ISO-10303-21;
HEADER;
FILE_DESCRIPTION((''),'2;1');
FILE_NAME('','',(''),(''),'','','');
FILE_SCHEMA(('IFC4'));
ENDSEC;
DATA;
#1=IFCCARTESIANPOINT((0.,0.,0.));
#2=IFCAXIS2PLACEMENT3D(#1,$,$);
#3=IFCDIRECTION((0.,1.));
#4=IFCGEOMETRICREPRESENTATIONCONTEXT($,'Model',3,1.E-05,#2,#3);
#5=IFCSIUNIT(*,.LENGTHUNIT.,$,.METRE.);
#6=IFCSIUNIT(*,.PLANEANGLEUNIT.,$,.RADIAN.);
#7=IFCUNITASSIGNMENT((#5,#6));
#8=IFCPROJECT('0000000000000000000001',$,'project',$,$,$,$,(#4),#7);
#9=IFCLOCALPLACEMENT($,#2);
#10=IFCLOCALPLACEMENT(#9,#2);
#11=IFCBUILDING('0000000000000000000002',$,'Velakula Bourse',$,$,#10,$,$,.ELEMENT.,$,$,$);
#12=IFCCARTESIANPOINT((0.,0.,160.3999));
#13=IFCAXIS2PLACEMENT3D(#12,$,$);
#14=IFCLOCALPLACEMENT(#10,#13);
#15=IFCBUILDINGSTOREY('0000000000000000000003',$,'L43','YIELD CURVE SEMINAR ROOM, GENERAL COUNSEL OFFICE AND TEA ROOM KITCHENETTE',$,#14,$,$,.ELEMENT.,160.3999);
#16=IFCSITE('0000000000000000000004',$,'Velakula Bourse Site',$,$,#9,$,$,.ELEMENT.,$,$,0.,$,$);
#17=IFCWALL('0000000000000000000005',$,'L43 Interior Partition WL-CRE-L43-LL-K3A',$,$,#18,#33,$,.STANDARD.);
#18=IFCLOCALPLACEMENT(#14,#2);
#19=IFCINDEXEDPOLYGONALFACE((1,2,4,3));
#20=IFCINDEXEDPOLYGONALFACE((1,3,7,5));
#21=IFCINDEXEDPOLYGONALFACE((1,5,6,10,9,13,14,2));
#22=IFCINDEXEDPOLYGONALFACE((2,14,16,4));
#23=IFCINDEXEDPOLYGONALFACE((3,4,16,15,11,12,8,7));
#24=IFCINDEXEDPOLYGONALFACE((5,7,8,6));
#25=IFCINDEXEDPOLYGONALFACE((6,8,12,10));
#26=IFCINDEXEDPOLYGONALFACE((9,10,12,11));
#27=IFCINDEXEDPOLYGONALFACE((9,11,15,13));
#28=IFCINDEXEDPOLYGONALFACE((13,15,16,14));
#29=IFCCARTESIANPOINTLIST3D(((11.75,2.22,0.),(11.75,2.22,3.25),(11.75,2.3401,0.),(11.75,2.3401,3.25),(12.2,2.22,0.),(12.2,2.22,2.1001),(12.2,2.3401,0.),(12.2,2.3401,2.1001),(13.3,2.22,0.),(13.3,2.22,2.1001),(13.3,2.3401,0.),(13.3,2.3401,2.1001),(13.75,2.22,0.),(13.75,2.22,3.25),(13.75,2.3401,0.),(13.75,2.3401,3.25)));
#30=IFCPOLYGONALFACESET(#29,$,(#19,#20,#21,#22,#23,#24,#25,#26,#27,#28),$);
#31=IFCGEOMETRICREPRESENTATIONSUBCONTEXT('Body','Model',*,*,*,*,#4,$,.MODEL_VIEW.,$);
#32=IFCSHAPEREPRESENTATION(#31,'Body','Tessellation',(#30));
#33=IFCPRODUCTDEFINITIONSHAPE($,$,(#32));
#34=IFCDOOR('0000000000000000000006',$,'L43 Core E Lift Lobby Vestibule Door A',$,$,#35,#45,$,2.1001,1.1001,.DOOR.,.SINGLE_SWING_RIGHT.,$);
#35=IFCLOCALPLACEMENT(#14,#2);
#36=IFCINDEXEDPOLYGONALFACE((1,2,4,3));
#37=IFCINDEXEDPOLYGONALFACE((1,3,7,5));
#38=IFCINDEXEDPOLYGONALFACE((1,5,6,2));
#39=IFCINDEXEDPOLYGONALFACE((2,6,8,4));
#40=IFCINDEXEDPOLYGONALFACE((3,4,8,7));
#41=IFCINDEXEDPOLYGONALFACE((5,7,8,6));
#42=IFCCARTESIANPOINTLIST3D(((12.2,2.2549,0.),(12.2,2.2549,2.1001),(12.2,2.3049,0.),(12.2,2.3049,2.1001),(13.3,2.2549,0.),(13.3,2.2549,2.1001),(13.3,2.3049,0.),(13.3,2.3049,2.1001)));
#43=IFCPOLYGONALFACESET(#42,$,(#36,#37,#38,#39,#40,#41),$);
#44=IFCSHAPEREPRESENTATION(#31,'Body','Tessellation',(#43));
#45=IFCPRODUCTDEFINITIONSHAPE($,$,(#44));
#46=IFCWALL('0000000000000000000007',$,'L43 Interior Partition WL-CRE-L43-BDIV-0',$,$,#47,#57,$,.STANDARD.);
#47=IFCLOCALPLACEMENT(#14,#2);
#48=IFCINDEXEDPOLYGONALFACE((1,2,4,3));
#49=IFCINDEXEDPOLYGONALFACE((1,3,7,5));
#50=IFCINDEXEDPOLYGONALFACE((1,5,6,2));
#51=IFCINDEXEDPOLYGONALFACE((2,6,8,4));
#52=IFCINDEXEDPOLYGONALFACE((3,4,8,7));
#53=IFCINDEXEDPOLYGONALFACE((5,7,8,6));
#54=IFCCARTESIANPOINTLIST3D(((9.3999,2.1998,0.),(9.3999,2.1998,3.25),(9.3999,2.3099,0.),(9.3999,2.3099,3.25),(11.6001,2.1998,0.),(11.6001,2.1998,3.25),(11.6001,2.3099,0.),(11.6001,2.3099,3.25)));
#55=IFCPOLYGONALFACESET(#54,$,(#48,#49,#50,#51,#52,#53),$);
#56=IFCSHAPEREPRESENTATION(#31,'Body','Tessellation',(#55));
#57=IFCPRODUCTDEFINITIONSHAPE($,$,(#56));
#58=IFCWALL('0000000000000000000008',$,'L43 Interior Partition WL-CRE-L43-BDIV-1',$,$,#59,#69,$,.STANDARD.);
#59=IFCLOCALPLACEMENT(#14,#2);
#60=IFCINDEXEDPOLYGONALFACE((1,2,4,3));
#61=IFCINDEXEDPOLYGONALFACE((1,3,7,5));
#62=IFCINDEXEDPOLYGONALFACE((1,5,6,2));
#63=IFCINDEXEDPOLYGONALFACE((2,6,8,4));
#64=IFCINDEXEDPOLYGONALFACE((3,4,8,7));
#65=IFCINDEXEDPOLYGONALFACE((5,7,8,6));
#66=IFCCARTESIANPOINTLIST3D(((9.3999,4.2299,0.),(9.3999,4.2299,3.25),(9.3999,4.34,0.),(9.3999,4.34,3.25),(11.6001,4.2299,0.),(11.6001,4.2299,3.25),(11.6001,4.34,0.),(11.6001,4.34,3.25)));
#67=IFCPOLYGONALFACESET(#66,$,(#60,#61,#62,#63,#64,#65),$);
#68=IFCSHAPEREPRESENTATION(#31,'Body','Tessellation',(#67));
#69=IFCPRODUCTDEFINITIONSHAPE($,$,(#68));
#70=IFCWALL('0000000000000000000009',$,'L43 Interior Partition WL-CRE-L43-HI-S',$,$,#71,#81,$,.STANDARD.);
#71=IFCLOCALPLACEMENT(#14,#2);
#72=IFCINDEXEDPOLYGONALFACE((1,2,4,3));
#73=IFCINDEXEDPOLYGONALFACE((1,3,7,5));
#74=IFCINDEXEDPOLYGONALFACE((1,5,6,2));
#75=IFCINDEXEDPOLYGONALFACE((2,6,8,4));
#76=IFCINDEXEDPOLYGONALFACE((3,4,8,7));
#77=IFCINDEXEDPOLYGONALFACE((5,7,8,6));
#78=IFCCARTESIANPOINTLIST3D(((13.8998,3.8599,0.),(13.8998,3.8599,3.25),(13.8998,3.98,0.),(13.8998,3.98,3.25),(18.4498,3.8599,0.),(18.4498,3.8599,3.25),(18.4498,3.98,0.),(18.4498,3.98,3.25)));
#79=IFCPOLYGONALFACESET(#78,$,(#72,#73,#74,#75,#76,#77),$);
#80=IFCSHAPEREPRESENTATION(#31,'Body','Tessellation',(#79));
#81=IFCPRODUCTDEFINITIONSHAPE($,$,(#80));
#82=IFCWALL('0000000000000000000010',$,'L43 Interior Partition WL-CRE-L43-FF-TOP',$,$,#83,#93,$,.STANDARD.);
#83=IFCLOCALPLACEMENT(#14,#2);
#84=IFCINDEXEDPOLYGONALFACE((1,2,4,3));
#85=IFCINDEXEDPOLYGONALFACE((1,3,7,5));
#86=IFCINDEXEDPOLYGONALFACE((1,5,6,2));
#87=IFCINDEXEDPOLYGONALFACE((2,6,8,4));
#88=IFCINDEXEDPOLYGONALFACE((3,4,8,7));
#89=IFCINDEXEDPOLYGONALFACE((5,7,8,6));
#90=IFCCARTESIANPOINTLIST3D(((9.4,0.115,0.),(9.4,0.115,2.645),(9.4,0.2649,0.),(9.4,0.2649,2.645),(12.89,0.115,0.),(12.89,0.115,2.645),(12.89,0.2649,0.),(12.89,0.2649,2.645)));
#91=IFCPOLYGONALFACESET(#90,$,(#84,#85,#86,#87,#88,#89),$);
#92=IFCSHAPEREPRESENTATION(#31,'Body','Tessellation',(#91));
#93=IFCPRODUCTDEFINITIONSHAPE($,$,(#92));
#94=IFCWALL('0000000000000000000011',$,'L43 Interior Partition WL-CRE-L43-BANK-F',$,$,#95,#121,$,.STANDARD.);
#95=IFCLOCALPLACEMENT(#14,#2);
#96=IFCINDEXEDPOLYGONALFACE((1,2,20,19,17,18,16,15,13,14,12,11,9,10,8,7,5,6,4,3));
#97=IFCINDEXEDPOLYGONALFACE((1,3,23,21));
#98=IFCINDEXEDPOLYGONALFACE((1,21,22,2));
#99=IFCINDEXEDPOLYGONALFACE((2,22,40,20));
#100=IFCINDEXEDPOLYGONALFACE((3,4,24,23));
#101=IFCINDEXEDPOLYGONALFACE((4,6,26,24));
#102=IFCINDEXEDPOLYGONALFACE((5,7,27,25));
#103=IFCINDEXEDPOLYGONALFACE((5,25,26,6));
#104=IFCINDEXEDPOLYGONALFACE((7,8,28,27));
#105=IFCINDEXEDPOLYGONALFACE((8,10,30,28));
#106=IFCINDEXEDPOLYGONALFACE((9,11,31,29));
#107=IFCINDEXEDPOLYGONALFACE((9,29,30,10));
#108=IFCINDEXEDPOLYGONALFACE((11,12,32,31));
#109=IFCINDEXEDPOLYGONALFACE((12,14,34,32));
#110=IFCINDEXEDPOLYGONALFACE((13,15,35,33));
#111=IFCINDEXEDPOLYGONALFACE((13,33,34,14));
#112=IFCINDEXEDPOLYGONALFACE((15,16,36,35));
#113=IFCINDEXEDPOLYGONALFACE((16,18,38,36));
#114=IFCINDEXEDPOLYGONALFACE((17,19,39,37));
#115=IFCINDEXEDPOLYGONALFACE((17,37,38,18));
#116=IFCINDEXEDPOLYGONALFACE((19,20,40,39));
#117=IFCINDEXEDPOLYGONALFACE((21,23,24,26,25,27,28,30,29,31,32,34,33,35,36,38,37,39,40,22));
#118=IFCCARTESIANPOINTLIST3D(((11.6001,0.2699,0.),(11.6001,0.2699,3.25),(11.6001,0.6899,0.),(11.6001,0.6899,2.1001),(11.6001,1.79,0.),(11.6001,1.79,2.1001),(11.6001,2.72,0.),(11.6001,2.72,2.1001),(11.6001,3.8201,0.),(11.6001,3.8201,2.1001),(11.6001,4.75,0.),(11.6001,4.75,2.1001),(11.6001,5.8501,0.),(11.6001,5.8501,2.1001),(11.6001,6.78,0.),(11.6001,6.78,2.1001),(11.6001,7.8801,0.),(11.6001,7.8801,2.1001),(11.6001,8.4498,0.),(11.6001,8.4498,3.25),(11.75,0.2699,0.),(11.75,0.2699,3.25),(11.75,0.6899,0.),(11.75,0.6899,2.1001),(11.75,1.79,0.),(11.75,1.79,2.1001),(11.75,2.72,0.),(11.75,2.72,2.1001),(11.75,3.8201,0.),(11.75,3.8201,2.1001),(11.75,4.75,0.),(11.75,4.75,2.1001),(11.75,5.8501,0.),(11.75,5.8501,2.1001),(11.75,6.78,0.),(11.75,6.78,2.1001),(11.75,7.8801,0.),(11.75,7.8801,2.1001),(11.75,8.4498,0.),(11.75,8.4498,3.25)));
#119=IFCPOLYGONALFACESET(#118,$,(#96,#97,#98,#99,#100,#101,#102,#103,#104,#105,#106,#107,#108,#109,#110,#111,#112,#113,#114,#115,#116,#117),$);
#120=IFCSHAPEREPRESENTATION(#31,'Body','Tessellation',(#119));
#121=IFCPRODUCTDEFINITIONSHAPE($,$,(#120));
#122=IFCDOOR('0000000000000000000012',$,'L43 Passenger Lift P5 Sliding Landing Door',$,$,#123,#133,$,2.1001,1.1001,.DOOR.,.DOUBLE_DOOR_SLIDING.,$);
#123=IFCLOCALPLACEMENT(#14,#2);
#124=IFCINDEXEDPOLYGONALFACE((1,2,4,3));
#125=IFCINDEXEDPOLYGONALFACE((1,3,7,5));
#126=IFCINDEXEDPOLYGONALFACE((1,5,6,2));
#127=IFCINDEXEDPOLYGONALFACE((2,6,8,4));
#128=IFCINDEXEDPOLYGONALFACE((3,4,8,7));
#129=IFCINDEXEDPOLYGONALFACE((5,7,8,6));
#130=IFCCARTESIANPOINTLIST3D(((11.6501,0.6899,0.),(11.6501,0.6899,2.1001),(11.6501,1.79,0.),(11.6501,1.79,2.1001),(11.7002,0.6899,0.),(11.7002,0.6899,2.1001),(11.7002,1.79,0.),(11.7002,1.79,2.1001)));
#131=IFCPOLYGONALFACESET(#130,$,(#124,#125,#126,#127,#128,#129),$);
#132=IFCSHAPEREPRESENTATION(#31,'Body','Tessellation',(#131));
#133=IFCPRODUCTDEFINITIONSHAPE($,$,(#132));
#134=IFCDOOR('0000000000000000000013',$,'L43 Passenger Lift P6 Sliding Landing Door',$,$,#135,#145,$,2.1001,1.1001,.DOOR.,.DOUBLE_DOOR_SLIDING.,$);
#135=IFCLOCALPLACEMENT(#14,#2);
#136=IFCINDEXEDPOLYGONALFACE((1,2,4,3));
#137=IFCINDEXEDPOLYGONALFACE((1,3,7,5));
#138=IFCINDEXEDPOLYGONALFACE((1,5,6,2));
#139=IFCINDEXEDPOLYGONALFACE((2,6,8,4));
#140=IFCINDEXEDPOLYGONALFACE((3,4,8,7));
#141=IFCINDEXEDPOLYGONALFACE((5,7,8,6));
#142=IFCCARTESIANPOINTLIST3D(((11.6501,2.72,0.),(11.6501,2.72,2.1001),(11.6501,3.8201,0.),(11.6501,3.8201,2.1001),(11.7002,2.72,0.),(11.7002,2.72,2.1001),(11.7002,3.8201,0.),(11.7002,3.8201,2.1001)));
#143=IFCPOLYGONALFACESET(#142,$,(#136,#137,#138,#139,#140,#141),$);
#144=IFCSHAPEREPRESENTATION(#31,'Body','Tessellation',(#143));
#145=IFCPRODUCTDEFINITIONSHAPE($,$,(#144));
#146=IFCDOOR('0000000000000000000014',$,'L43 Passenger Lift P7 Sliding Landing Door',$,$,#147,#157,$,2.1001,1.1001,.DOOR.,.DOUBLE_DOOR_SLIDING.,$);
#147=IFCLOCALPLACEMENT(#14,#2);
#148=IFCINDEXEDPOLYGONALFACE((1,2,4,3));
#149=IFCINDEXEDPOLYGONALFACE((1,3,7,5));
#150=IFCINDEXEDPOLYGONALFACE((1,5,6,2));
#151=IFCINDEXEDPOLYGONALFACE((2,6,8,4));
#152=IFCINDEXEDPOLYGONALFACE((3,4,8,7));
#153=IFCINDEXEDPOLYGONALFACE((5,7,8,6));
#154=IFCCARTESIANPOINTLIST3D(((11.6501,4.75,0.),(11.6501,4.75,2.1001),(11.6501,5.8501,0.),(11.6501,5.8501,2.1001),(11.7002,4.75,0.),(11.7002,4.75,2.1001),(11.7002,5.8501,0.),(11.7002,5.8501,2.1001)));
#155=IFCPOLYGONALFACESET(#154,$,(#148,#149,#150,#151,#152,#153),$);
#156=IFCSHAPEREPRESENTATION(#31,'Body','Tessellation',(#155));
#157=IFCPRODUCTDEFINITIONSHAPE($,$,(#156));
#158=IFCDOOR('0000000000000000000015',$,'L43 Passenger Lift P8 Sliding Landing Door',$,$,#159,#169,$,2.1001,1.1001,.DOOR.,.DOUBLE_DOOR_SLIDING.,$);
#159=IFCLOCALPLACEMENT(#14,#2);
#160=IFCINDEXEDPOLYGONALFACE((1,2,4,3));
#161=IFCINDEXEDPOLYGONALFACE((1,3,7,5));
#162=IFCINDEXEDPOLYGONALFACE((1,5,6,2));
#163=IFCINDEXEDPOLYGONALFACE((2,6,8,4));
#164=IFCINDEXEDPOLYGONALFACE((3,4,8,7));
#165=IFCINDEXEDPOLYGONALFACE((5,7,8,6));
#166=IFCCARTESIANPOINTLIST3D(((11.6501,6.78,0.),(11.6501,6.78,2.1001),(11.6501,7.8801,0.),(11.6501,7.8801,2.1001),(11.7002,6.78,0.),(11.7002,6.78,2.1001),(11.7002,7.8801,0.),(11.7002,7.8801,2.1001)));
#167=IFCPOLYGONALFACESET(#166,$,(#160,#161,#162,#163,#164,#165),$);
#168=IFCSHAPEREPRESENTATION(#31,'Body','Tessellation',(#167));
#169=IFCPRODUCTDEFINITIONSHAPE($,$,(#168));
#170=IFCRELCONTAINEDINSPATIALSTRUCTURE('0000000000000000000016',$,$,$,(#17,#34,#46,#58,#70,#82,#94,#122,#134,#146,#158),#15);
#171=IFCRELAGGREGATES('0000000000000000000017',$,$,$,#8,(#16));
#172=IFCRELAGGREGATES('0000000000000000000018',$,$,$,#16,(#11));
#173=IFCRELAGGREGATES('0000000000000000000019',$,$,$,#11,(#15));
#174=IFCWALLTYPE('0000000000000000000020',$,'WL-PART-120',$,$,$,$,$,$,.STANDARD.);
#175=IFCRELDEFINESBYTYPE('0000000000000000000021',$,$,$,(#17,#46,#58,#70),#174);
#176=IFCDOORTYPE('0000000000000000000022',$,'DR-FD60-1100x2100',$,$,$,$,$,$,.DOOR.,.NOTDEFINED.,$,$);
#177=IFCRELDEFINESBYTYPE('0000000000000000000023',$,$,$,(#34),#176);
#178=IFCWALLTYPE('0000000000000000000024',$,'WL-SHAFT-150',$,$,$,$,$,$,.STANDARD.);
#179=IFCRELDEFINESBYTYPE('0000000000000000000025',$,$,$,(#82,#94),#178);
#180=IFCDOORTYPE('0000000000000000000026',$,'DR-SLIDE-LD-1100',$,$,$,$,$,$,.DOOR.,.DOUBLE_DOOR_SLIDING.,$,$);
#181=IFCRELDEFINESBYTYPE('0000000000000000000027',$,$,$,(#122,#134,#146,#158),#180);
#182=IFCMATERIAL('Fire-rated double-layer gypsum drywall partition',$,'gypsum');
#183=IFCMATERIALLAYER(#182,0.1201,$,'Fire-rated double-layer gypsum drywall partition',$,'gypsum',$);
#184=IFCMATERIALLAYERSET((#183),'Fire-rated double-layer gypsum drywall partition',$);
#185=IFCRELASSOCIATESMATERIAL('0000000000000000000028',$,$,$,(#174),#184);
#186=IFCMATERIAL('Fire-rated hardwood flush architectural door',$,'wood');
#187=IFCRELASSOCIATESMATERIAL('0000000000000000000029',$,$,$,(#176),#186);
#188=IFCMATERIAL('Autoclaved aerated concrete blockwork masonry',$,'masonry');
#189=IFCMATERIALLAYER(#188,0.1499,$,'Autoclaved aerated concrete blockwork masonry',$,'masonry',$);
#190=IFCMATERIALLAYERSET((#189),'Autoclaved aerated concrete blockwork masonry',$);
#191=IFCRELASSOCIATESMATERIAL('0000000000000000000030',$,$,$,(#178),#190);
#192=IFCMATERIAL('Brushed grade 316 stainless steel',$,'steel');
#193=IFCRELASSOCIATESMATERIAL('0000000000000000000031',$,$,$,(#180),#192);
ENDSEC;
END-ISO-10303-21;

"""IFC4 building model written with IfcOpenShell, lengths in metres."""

from ifc_helpers import new_model, si_unit, direction, frame, frame_2d, origin, place, context, subcontext, project, spatial, rectangle, extrude, material, layer, layer_set, type_object, element, fill, save


model = new_model("IFC4")

# Units and contexts
model_context = context("Model", 3, precision=1e-05, world=origin(), true_north=direction((0.0, 1.0)))
body_context = subcontext(model_context, "Body", "Model", "MODEL_VIEW")
ifc_project = project(units=[si_unit("LENGTHUNIT", "METRE"), si_unit("PLANEANGLEUNIT", "RADIAN")], contexts=[model_context])

# Site, building, storey
site_placement = place(None, origin())
site = spatial("IfcSite", under=ifc_project, at=site_placement, Name="Velakula Bourse Site", CompositionType="ELEMENT", RefElevation=0.0)
building_placement = place(site_placement, origin())
building = spatial("IfcBuilding", under=site, at=building_placement, Name="Velakula Bourse", CompositionType="ELEMENT")
storey_placement = place(building_placement, frame((0.0, 0.0, 160.3999)))
storey = spatial("IfcBuildingStorey", under=building, at=storey_placement, Name="L43", Description="YIELD CURVE SEMINAR ROOM, GENERAL COUNSEL OFFICE AND TEA ROOM KITCHENETTE", CompositionType="ELEMENT", Elevation=160.3999)

# Wall, opening, door
ifc_material_1 = material(Name="Fire-rated double-layer gypsum drywall partition", Category="gypsum")
ifc_layer_1 = layer(ifc_material_1, 0.1201, Name="Fire-rated double-layer gypsum drywall partition", Category="gypsum")
ifc_layer_set_1 = layer_set([ifc_layer_1], Name="Fire-rated double-layer gypsum drywall partition")
wall_type_1 = type_object("IfcWallType", Name="WL-PART-120", PredefinedType="STANDARD", material=ifc_layer_set_1)
wall_1_placement = place(storey_placement, frame((11.75, 2.28, 0.0), z_axis=(0.0, 0.0, 1.0), x_axis=(1.0, 0.0, 0.0)))
wall_1 = element("IfcWall", 1, at=wall_1_placement, inside=storey, type_object=wall_type_1, Name="L43 Interior Partition WL-CRE-L43-LL-K3A", PredefinedType="STANDARD", context=body_context, shape_type="SweptSolid", body=[
    extrude(rectangle(XDim=2.0, YDim=0.1201, at=frame_2d((1.0, 0.0))), origin(), (0.0, 0.0, 1.0), 3.25),
])
opening_1_placement = place(wall_1_placement, frame((0.45, 0.0, 0.0)))
opening_1 = element("IfcOpeningElement", 2, at=opening_1_placement, cuts=wall_1, PredefinedType="OPENING", context=body_context, shape_type="SweptSolid", body=[
    extrude(rectangle(XDim=1.1001, YDim=2.1001, at=frame_2d((0.55, 1.05))), frame((0.0, 0.0701, 0.0), z_axis=(0.0, -1.0, 0.0), x_axis=(1.0, 0.0, 0.0)), (0.0, 0.0, 1.0), 0.1401),
])
ifc_material_2 = material(Name="Fire-rated hardwood flush architectural door", Category="wood")
door_type_1 = type_object("IfcDoorType", Name="DR-FD60-1100x2100", OperationType="NOTDEFINED", PredefinedType="DOOR", material=ifc_material_2)
door_1_placement = place(opening_1_placement, origin())
door_1 = element("IfcDoor", 3, at=door_1_placement, inside=storey, type_object=door_type_1, Name="L43 Core E Lift Lobby Vestibule Door A", OperationType="SINGLE_SWING_RIGHT", OverallHeight=2.1001, OverallWidth=1.1001, PredefinedType="DOOR", context=body_context, shape_type="SweptSolid", body=[
    extrude(rectangle(XDim=1.1001, YDim=2.1001, at=frame_2d((0.55, 1.05))), frame((0.0, 0.0249, 0.0), z_axis=(0.0, -1.0, 0.0), x_axis=(1.0, 0.0, 0.0)), (0.0, 0.0, 1.0), 0.05),
])
fill(opening_1, door_1)

# Walls
for number, where, z_axis, x_axis, name in (
    (4, (9.3999, 2.2549, 0.0), (0.0, 0.0, 1.0), (1.0, 0.0, 0.0), "L43 Interior Partition WL-CRE-L43-BDIV-0"),
    (5, (9.3999, 4.2849, 0.0), (0.0, 0.0, 1.0), (1.0, 0.0, 0.0), "L43 Interior Partition WL-CRE-L43-BDIV-1"),
):
    element("IfcWall", number, at=place(storey_placement, frame(where, z_axis=z_axis, x_axis=x_axis)), inside=storey, type_object=wall_type_1, Name=name, PredefinedType="STANDARD", context=body_context, shape_type="SweptSolid", body=[
        extrude(rectangle(XDim=2.2002, YDim=0.1101, at=frame_2d((1.1001, 0.0))), origin(), (0.0, 0.0, 1.0), 3.25),
    ])
wall_2_placement = place(storey_placement, frame((13.8999, 3.9199, 0.0), z_axis=(0.0, 0.0, 1.0), x_axis=(1.0, 0.0, 0.0)))
element("IfcWall", 6, at=wall_2_placement, inside=storey, type_object=wall_type_1, Name="L43 Interior Partition WL-CRE-L43-HI-S", PredefinedType="STANDARD", context=body_context, shape_type="SweptSolid", body=[
    extrude(rectangle(XDim=4.55, YDim=0.1201, at=frame_2d((2.2749, 0.0))), origin(), (0.0, 0.0, 1.0), 3.25),
])
ifc_material_3 = material(Name="Autoclaved aerated concrete blockwork masonry", Category="masonry")
ifc_layer_2 = layer(ifc_material_3, 0.1499, Name="Autoclaved aerated concrete blockwork masonry", Category="masonry")
ifc_layer_set_2 = layer_set([ifc_layer_2], Name="Autoclaved aerated concrete blockwork masonry")
wall_type_2 = type_object("IfcWallType", Name="WL-SHAFT-150", PredefinedType="STANDARD", material=ifc_layer_set_2)
wall_3_placement = place(storey_placement, frame((9.3999, 0.1899, 0.0), z_axis=(0.0, 0.0, 1.0), x_axis=(1.0, 0.0, 0.0)))
element("IfcWall", 7, at=wall_3_placement, inside=storey, type_object=wall_type_2, Name="L43 Interior Partition WL-CRE-L43-FF-TOP", PredefinedType="STANDARD", context=body_context, shape_type="SweptSolid", body=[
    extrude(rectangle(XDim=3.49, YDim=0.1499, at=frame_2d((1.7451, 0.0))), origin(), (0.0, 0.0, 1.0), 2.645),
])

# Wall, openings, doors
wall_4_placement = place(storey_placement, frame((11.675, 0.27, 0.0), z_axis=(0.0, 0.0, 1.0), x_axis=(0.0, 1.0, 0.0)))
wall_4 = element("IfcWall", 8, at=wall_4_placement, inside=storey, type_object=wall_type_2, Name="L43 Interior Partition WL-CRE-L43-BANK-F", PredefinedType="STANDARD", context=body_context, shape_type="SweptSolid", body=[
    extrude(rectangle(XDim=8.1799, YDim=0.1499, at=frame_2d((4.0898, 0.0))), origin(), (0.0, 0.0, 1.0), 3.25),
])
opening_2_placement = place(wall_4_placement, frame((0.4199, 0.0, 0.0)))
opening_2 = element("IfcOpeningElement", 9, at=opening_2_placement, cuts=wall_4, PredefinedType="OPENING", context=body_context, shape_type="SweptSolid", body=[
    extrude(rectangle(XDim=1.1001, YDim=2.1001, at=frame_2d((0.55, 1.05))), frame((0.0, 0.085, 0.0), z_axis=(0.0, -1.0, 0.0), x_axis=(1.0, 0.0, 0.0)), (0.0, 0.0, 1.0), 0.1699),
])
opening_3_placement = place(wall_4_placement, frame((2.45, 0.0, 0.0)))
opening_3 = element("IfcOpeningElement", 10, at=opening_3_placement, cuts=wall_4, PredefinedType="OPENING", context=body_context, shape_type="SweptSolid", body=[
    extrude(rectangle(XDim=1.1001, YDim=2.1001, at=frame_2d((0.55, 1.05))), frame((0.0, 0.085, 0.0), z_axis=(0.0, -1.0, 0.0), x_axis=(1.0, 0.0, 0.0)), (0.0, 0.0, 1.0), 0.1699),
])
opening_4_placement = place(wall_4_placement, frame((4.48, 0.0, 0.0)))
opening_4 = element("IfcOpeningElement", 11, at=opening_4_placement, cuts=wall_4, PredefinedType="OPENING", context=body_context, shape_type="SweptSolid", body=[
    extrude(rectangle(XDim=1.1001, YDim=2.1001, at=frame_2d((0.55, 1.05))), frame((0.0, 0.085, 0.0), z_axis=(0.0, -1.0, 0.0), x_axis=(1.0, 0.0, 0.0)), (0.0, 0.0, 1.0), 0.1699),
])
opening_5_placement = place(wall_4_placement, frame((6.51, 0.0, 0.0)))
opening_5 = element("IfcOpeningElement", 12, at=opening_5_placement, cuts=wall_4, PredefinedType="OPENING", context=body_context, shape_type="SweptSolid", body=[
    extrude(rectangle(XDim=1.1001, YDim=2.1001, at=frame_2d((0.55, 1.05))), frame((0.0, 0.085, 0.0), z_axis=(0.0, -1.0, 0.0), x_axis=(1.0, 0.0, 0.0)), (0.0, 0.0, 1.0), 0.1699),
])
ifc_material_4 = material(Name="Brushed grade 316 stainless steel", Category="steel")
door_type_2 = type_object("IfcDoorType", Name="DR-SLIDE-LD-1100", OperationType="DOUBLE_DOOR_SLIDING", PredefinedType="DOOR", material=ifc_material_4)
door_2_placement = place(opening_2_placement, origin())
door_2 = element("IfcDoor", 13, at=door_2_placement, inside=storey, type_object=door_type_2, Name="L43 Passenger Lift P5 Sliding Landing Door", OperationType="DOUBLE_DOOR_SLIDING", OverallHeight=2.1001, OverallWidth=1.1001, PredefinedType="DOOR", context=body_context, shape_type="SweptSolid", body=[
    extrude(rectangle(XDim=1.1001, YDim=2.1001, at=frame_2d((0.55, 1.05))), frame((0.0, 0.0249, 0.0), z_axis=(0.0, -1.0, 0.0), x_axis=(1.0, 0.0, 0.0)), (0.0, 0.0, 1.0), 0.05),
])
fill(opening_2, door_2)
door_3_placement = place(opening_3_placement, origin())
door_3 = element("IfcDoor", 14, at=door_3_placement, inside=storey, type_object=door_type_2, Name="L43 Passenger Lift P6 Sliding Landing Door", OperationType="DOUBLE_DOOR_SLIDING", OverallHeight=2.1001, OverallWidth=1.1001, PredefinedType="DOOR", context=body_context, shape_type="SweptSolid", body=[
    extrude(rectangle(XDim=1.1001, YDim=2.1001, at=frame_2d((0.55, 1.05))), frame((0.0, 0.0249, 0.0), z_axis=(0.0, -1.0, 0.0), x_axis=(1.0, 0.0, 0.0)), (0.0, 0.0, 1.0), 0.05),
])
fill(opening_3, door_3)
door_4_placement = place(opening_4_placement, origin())
door_4 = element("IfcDoor", 15, at=door_4_placement, inside=storey, type_object=door_type_2, Name="L43 Passenger Lift P7 Sliding Landing Door", OperationType="DOUBLE_DOOR_SLIDING", OverallHeight=2.1001, OverallWidth=1.1001, PredefinedType="DOOR", context=body_context, shape_type="SweptSolid", body=[
    extrude(rectangle(XDim=1.1001, YDim=2.1001, at=frame_2d((0.55, 1.05))), frame((0.0, 0.0249, 0.0), z_axis=(0.0, -1.0, 0.0), x_axis=(1.0, 0.0, 0.0)), (0.0, 0.0, 1.0), 0.05),
])
fill(opening_4, door_4)
door_5_placement = place(opening_5_placement, origin())
door_5 = element("IfcDoor", 16, at=door_5_placement, inside=storey, type_object=door_type_2, Name="L43 Passenger Lift P8 Sliding Landing Door", OperationType="DOUBLE_DOOR_SLIDING", OverallHeight=2.1001, OverallWidth=1.1001, PredefinedType="DOOR", context=body_context, shape_type="SweptSolid", body=[
    extrude(rectangle(XDim=1.1001, YDim=2.1001, at=frame_2d((0.55, 1.05))), frame((0.0, 0.0249, 0.0), z_axis=(0.0, -1.0, 0.0), x_axis=(1.0, 0.0, 0.0)), (0.0, 0.0, 1.0), 0.05),
])
fill(opening_5, door_5)

save(model, "model.ifc")
